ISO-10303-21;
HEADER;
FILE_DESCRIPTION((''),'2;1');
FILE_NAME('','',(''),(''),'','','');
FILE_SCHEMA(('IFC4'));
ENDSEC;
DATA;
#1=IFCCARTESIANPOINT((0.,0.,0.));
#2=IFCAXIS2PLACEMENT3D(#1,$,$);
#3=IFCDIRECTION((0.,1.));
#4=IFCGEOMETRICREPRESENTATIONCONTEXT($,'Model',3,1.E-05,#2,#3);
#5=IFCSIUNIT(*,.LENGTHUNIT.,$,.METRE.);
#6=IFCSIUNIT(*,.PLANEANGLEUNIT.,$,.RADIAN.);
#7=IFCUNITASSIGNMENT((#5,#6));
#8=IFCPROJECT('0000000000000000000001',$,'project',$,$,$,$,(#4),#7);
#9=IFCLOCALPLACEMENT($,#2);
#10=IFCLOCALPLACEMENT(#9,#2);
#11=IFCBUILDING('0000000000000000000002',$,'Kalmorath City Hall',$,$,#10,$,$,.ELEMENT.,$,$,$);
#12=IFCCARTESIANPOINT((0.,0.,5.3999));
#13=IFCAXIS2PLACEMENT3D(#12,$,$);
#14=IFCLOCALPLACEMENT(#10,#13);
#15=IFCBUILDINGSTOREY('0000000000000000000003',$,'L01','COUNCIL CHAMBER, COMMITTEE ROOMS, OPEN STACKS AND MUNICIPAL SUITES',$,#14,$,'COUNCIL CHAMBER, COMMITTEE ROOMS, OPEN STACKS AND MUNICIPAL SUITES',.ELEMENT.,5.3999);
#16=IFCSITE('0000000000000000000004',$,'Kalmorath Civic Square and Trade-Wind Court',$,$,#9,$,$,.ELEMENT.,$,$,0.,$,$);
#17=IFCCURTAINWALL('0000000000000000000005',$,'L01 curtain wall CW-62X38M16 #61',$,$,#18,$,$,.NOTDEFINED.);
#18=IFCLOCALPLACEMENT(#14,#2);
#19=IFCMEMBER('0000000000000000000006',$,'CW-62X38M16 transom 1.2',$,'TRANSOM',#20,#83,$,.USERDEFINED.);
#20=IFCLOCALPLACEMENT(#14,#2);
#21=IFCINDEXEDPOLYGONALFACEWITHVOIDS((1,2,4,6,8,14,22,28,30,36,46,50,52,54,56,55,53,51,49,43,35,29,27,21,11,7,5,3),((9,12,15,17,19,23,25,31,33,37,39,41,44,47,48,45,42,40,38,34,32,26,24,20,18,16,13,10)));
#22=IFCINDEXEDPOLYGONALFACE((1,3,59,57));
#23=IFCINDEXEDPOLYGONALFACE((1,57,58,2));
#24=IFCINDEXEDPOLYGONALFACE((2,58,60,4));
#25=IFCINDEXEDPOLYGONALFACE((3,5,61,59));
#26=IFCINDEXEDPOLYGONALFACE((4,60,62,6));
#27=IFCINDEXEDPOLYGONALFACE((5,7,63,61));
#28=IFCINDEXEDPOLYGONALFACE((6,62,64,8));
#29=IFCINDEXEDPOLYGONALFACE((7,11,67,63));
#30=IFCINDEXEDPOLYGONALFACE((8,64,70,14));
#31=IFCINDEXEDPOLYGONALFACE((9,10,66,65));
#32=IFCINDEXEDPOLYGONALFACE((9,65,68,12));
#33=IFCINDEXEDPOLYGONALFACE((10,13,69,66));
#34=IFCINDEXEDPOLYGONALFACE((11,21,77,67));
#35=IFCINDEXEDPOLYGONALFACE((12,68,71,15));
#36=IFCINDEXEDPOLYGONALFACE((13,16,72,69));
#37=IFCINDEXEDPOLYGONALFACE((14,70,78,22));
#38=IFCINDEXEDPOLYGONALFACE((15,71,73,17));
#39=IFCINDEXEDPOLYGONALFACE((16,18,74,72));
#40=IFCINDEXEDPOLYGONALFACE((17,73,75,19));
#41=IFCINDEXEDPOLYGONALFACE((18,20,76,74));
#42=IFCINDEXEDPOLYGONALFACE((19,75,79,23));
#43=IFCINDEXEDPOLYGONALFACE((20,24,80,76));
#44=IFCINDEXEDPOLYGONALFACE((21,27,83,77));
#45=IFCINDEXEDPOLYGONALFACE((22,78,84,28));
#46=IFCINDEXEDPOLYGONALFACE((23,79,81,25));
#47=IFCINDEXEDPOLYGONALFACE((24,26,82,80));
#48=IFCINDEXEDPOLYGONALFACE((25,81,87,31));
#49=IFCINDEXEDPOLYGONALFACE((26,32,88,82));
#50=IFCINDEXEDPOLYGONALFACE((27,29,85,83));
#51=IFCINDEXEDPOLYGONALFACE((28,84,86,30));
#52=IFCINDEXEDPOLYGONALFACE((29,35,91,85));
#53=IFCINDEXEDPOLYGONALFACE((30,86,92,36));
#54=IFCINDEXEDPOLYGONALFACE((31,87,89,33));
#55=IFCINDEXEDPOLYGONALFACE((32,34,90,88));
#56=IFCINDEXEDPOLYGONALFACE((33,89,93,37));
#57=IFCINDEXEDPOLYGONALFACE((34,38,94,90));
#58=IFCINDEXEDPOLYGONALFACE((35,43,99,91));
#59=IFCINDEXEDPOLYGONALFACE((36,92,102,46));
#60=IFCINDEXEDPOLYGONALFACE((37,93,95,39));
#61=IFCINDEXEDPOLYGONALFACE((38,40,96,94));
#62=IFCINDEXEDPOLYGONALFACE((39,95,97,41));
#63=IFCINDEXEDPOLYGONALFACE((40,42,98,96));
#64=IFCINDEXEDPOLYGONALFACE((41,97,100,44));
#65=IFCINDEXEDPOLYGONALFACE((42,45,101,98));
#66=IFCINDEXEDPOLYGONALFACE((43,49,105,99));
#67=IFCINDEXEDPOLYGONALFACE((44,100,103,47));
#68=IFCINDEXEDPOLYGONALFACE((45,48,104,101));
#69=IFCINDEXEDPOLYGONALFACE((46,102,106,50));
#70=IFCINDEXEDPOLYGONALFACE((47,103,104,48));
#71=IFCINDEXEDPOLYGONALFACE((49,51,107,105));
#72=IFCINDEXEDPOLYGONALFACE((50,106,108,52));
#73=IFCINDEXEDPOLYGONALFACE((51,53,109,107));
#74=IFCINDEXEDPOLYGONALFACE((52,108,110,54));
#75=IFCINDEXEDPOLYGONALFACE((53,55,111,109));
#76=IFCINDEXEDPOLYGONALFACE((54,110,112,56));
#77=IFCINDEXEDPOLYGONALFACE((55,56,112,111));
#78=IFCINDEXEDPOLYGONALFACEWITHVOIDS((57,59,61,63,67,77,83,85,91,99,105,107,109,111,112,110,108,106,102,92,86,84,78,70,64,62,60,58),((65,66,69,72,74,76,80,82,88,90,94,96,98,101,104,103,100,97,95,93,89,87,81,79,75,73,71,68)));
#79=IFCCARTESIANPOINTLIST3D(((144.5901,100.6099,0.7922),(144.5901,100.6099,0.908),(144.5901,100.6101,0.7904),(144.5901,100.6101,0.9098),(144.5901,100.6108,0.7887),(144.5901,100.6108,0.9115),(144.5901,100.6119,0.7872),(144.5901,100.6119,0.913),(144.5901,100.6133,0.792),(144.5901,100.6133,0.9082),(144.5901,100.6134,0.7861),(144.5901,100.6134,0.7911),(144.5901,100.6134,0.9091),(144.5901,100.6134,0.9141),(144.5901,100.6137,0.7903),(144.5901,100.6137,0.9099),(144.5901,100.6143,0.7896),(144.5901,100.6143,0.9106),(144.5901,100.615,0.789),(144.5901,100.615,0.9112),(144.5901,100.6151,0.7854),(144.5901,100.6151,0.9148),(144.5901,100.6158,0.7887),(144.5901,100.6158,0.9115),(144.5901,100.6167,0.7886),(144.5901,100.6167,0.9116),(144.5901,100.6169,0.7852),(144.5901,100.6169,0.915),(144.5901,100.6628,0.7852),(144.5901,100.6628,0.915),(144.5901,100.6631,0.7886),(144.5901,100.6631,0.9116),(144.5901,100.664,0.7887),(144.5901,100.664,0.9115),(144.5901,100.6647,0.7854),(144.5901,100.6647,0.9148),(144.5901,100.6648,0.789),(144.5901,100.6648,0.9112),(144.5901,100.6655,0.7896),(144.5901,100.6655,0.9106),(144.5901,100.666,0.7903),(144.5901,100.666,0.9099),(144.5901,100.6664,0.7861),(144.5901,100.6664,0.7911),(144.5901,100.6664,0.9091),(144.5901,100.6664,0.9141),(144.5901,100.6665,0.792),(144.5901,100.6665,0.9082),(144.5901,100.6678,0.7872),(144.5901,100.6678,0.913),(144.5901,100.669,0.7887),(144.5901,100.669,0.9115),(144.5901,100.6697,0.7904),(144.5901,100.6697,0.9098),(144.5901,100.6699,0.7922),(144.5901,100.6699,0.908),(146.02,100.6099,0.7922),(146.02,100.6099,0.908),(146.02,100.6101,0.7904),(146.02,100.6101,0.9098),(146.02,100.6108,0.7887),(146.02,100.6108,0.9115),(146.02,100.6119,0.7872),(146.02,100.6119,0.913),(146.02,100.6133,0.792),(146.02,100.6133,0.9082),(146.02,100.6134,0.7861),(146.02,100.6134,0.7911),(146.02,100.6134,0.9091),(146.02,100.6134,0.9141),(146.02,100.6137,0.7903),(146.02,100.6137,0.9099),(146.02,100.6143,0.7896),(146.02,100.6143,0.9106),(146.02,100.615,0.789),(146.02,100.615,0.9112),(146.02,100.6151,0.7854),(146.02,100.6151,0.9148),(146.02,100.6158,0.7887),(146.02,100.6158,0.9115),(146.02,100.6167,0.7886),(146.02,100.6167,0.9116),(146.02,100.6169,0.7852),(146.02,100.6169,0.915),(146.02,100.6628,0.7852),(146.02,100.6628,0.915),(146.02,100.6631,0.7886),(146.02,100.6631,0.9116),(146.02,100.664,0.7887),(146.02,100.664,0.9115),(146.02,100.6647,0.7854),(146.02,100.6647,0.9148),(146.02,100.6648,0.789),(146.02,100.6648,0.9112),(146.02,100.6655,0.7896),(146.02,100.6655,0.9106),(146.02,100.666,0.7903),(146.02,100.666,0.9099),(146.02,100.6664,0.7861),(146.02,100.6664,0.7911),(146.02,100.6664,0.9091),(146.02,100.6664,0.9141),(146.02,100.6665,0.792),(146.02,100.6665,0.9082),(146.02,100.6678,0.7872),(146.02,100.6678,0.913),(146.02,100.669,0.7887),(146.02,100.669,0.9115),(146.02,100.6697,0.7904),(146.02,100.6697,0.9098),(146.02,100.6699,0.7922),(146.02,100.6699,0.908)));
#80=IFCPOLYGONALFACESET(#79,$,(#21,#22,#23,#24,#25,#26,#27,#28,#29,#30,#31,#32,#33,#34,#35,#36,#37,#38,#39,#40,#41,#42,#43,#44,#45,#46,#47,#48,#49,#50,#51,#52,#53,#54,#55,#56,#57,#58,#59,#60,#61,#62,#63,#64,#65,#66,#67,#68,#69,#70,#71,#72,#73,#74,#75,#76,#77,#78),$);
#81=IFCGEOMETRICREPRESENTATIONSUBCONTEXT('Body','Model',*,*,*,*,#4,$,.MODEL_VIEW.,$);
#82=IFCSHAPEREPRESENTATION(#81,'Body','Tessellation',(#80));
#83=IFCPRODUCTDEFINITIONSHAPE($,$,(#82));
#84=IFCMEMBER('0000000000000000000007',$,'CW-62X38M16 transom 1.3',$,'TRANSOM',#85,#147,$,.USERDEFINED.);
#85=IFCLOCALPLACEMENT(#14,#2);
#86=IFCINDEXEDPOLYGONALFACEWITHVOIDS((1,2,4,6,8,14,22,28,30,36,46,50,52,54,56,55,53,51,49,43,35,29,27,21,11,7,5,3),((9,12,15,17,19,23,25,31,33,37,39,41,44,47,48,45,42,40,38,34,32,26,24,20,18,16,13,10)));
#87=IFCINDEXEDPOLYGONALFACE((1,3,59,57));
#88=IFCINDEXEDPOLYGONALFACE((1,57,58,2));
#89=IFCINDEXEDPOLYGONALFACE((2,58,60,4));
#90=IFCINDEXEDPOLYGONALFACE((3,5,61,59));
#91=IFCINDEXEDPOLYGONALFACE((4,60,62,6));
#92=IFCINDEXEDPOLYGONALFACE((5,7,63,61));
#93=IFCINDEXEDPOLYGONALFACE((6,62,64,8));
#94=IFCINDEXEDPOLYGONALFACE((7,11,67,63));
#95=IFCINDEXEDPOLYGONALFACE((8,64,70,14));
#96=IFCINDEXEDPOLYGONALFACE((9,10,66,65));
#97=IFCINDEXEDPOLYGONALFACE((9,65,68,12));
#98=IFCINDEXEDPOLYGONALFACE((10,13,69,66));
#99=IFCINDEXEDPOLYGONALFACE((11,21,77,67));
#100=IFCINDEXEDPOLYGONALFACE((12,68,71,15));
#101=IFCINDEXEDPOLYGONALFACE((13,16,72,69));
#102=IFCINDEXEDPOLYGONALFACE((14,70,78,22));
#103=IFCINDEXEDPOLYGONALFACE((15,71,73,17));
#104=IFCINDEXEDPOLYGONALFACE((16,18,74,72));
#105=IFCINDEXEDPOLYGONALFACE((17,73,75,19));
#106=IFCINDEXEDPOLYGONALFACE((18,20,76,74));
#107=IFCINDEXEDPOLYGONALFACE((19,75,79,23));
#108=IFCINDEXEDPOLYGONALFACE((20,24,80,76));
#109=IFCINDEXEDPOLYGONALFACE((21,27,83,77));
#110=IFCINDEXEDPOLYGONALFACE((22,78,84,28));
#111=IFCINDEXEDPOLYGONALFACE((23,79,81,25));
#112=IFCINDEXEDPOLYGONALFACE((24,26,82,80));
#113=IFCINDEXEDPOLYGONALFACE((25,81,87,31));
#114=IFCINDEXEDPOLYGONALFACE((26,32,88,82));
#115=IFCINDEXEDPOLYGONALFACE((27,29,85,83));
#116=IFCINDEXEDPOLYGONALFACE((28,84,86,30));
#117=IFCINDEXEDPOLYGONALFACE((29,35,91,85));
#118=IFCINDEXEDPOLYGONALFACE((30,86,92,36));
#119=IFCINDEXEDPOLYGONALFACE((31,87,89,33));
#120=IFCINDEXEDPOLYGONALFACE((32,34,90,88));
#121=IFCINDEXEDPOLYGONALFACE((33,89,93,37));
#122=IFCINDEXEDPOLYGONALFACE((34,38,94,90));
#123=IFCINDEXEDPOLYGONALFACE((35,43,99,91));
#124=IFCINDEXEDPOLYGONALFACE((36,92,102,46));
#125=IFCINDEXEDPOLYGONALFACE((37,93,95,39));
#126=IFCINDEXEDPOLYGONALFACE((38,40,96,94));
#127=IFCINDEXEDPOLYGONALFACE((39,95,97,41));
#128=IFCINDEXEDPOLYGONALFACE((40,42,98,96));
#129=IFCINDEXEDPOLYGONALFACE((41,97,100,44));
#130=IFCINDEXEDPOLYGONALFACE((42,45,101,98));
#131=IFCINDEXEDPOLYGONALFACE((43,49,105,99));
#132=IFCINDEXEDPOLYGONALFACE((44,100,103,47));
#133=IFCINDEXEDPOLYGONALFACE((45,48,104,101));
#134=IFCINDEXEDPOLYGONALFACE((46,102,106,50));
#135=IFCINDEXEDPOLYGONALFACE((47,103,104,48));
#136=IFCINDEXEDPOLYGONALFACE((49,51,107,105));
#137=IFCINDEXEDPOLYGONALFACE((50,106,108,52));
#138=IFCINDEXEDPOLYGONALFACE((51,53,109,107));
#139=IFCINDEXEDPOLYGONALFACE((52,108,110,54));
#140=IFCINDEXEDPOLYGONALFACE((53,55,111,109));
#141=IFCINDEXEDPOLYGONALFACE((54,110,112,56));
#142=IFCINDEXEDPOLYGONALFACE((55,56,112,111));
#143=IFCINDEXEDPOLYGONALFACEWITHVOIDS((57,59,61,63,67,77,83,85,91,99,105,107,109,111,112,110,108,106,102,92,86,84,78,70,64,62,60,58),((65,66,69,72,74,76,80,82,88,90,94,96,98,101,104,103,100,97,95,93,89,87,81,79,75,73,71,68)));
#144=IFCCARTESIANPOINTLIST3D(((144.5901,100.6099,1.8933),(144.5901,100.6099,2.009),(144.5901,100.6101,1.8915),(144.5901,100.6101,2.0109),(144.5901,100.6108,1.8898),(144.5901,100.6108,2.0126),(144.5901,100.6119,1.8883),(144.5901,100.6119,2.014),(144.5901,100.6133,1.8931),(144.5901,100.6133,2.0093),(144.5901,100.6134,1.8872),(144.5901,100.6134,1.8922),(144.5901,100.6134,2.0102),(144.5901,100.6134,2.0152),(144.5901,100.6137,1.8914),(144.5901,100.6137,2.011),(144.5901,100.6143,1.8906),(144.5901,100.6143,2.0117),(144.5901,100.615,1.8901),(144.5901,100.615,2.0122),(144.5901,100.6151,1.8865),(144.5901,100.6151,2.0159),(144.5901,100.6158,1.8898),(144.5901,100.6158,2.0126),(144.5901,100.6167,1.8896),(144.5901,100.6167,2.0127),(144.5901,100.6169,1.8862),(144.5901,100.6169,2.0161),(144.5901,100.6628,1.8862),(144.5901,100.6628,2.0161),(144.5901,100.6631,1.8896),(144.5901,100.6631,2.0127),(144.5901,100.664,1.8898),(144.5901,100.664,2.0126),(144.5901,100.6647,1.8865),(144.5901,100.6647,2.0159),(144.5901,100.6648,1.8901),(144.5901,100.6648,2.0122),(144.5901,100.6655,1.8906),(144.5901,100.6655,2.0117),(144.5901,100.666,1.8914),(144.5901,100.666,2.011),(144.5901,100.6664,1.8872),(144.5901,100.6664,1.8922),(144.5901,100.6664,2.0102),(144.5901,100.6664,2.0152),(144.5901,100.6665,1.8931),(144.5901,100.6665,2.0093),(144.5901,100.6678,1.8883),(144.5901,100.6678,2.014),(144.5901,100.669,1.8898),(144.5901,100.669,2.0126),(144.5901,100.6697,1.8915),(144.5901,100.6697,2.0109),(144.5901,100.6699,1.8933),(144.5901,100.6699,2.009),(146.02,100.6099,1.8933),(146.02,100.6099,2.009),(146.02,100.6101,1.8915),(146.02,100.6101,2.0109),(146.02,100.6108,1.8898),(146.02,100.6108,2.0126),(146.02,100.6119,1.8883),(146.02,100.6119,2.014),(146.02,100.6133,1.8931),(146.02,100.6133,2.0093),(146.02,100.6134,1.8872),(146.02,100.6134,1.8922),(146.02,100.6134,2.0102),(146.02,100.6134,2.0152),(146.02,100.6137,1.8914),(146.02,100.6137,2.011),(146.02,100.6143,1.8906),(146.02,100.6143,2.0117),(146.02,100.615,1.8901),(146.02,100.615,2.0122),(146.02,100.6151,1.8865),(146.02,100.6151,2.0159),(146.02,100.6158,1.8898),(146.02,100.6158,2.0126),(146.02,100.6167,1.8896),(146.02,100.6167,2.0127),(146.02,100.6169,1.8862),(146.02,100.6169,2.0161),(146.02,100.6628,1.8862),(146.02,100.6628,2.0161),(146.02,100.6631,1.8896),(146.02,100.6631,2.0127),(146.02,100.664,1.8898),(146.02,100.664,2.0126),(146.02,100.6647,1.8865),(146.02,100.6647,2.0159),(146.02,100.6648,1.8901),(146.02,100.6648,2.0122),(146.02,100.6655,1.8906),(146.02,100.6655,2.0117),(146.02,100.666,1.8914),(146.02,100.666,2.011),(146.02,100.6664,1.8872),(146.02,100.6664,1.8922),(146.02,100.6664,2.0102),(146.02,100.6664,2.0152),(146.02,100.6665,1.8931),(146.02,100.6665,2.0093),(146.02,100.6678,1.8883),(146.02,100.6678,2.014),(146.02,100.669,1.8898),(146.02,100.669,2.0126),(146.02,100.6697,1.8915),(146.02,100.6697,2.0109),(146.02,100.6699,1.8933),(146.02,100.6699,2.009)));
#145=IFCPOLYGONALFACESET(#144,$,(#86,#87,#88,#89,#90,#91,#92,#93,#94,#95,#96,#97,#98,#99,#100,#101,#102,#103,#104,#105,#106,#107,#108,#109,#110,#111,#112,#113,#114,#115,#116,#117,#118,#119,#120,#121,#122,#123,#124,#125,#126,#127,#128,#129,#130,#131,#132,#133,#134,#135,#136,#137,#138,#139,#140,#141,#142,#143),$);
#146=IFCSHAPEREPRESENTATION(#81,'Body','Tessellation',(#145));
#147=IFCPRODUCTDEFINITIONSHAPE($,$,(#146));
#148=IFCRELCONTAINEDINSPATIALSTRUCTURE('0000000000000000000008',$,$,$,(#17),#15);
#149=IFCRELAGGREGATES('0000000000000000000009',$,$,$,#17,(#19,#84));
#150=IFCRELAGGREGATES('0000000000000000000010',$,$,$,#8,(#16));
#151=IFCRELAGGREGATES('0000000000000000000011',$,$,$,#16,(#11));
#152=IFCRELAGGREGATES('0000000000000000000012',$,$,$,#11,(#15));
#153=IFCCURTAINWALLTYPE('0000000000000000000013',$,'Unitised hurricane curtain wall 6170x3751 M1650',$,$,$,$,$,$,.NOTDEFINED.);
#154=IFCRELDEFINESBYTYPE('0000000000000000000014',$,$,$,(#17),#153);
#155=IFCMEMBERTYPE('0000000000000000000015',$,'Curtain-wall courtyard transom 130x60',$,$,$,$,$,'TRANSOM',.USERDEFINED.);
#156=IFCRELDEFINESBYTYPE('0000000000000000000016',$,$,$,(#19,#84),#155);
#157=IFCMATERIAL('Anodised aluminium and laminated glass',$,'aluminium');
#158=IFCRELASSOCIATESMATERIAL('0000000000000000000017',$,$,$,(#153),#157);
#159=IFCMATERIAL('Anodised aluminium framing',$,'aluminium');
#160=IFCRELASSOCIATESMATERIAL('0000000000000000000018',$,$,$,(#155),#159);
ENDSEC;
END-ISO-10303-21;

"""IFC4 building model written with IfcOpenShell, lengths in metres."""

from ifc_helpers import new_model, si_unit, direction, frame, origin, origin_2d, place, context, subcontext, project, spatial, hollow_rectangle, extrude, material, material_profile, profile_set, type_object, element, aggregate, save


model = new_model("IFC4")

# Units and contexts
model_context = context("Model", 3, precision=1e-05, world=origin(), true_north=direction((0.0, 1.0)))
body_context = subcontext(model_context, "Body", "Model", "MODEL_VIEW")
ifc_project = project(units=[si_unit("LENGTHUNIT", "METRE"), si_unit("PLANEANGLEUNIT", "RADIAN")], contexts=[model_context])

# Site, building, storey
site_placement = place(None, origin())
site = spatial("IfcSite", under=ifc_project, at=site_placement, Name="Kalmorath Civic Square and Trade-Wind Court", CompositionType="ELEMENT", RefElevation=0.0)
building_placement = place(site_placement, origin())
building = spatial("IfcBuilding", under=site, at=building_placement, Name="Kalmorath City Hall", CompositionType="ELEMENT")
storey_placement = place(building_placement, frame((0.0, 0.0, 5.3999)))
storey = spatial("IfcBuildingStorey", under=building, at=storey_placement, Name="L01", Description="COUNCIL CHAMBER, COMMITTEE ROOMS, OPEN STACKS AND MUNICIPAL SUITES", LongName="COUNCIL CHAMBER, COMMITTEE ROOMS, OPEN STACKS AND MUNICIPAL SUITES", CompositionType="ELEMENT", Elevation=5.3999)

# Curtain wall, members
ifc_material_1 = material(Name="Anodised aluminium and laminated glass", Category="aluminium")
curtain_wall_type = type_object("IfcCurtainWallType", Name="Unitised hurricane curtain wall 6170x3751 M1650", PredefinedType="NOTDEFINED", material=ifc_material_1)
curtain_wall_placement = place(storey_placement, origin())
curtain_wall = element("IfcCurtainWall", 1, at=curtain_wall_placement, inside=storey, type_object=curtain_wall_type, Name="L01 curtain wall CW-62X38M16 #61", PredefinedType="NOTDEFINED")
ifc_material_2 = material(Name="Anodised aluminium framing", Category="aluminium")
ifc_material_profile_1 = material_profile(ifc_material_2, hollow_rectangle(XDim=0.0601, YDim=0.1299, WallThickness=0.0034, InnerFilletRadius=0.0034, OuterFilletRadius=0.0071, at=origin_2d()), Name="ALU-TRN-130X60X3.5")
ifc_profile_set_1 = profile_set([ifc_material_profile_1], Name="Anodised aluminium framing")
member_type_1 = type_object("IfcMemberType", Name="Curtain-wall courtyard transom 130x60", ElementType="TRANSOM", PredefinedType="USERDEFINED", material=ifc_profile_set_1)
member_1_placement = place(storey_placement, frame((144.5901, 100.6399, 0.8501), z_axis=(1.0, 0.0, 0.0), x_axis=(0.0, 1.0, 0.0)))
member_1 = element("IfcMember", 2, at=member_1_placement, type_object=member_type_1, Name="CW-62X38M16 transom 1.2", ObjectType="TRANSOM", PredefinedType="USERDEFINED", context=body_context, shape_type="SweptSolid", body=[
    extrude(hollow_rectangle(XDim=0.0601, YDim=0.1299, WallThickness=0.0034, InnerFilletRadius=0.0034, OuterFilletRadius=0.0071, at=origin_2d()), origin(), (0.0, 0.0, 1.0), 1.4299),
])
member_2_placement = place(storey_placement, frame((144.5901, 100.6399, 1.9512), z_axis=(1.0, 0.0, 0.0), x_axis=(0.0, 1.0, 0.0)))
member_2 = element("IfcMember", 3, at=member_2_placement, type_object=member_type_1, Name="CW-62X38M16 transom 1.3", ObjectType="TRANSOM", PredefinedType="USERDEFINED", context=body_context, shape_type="SweptSolid", body=[
    extrude(hollow_rectangle(XDim=0.0601, YDim=0.1299, WallThickness=0.0034, InnerFilletRadius=0.0034, OuterFilletRadius=0.0071, at=origin_2d()), origin(), (0.0, 0.0, 1.0), 1.4299),
])

aggregate(curtain_wall, [member_1, member_2])

save(model, "model.ifc")
